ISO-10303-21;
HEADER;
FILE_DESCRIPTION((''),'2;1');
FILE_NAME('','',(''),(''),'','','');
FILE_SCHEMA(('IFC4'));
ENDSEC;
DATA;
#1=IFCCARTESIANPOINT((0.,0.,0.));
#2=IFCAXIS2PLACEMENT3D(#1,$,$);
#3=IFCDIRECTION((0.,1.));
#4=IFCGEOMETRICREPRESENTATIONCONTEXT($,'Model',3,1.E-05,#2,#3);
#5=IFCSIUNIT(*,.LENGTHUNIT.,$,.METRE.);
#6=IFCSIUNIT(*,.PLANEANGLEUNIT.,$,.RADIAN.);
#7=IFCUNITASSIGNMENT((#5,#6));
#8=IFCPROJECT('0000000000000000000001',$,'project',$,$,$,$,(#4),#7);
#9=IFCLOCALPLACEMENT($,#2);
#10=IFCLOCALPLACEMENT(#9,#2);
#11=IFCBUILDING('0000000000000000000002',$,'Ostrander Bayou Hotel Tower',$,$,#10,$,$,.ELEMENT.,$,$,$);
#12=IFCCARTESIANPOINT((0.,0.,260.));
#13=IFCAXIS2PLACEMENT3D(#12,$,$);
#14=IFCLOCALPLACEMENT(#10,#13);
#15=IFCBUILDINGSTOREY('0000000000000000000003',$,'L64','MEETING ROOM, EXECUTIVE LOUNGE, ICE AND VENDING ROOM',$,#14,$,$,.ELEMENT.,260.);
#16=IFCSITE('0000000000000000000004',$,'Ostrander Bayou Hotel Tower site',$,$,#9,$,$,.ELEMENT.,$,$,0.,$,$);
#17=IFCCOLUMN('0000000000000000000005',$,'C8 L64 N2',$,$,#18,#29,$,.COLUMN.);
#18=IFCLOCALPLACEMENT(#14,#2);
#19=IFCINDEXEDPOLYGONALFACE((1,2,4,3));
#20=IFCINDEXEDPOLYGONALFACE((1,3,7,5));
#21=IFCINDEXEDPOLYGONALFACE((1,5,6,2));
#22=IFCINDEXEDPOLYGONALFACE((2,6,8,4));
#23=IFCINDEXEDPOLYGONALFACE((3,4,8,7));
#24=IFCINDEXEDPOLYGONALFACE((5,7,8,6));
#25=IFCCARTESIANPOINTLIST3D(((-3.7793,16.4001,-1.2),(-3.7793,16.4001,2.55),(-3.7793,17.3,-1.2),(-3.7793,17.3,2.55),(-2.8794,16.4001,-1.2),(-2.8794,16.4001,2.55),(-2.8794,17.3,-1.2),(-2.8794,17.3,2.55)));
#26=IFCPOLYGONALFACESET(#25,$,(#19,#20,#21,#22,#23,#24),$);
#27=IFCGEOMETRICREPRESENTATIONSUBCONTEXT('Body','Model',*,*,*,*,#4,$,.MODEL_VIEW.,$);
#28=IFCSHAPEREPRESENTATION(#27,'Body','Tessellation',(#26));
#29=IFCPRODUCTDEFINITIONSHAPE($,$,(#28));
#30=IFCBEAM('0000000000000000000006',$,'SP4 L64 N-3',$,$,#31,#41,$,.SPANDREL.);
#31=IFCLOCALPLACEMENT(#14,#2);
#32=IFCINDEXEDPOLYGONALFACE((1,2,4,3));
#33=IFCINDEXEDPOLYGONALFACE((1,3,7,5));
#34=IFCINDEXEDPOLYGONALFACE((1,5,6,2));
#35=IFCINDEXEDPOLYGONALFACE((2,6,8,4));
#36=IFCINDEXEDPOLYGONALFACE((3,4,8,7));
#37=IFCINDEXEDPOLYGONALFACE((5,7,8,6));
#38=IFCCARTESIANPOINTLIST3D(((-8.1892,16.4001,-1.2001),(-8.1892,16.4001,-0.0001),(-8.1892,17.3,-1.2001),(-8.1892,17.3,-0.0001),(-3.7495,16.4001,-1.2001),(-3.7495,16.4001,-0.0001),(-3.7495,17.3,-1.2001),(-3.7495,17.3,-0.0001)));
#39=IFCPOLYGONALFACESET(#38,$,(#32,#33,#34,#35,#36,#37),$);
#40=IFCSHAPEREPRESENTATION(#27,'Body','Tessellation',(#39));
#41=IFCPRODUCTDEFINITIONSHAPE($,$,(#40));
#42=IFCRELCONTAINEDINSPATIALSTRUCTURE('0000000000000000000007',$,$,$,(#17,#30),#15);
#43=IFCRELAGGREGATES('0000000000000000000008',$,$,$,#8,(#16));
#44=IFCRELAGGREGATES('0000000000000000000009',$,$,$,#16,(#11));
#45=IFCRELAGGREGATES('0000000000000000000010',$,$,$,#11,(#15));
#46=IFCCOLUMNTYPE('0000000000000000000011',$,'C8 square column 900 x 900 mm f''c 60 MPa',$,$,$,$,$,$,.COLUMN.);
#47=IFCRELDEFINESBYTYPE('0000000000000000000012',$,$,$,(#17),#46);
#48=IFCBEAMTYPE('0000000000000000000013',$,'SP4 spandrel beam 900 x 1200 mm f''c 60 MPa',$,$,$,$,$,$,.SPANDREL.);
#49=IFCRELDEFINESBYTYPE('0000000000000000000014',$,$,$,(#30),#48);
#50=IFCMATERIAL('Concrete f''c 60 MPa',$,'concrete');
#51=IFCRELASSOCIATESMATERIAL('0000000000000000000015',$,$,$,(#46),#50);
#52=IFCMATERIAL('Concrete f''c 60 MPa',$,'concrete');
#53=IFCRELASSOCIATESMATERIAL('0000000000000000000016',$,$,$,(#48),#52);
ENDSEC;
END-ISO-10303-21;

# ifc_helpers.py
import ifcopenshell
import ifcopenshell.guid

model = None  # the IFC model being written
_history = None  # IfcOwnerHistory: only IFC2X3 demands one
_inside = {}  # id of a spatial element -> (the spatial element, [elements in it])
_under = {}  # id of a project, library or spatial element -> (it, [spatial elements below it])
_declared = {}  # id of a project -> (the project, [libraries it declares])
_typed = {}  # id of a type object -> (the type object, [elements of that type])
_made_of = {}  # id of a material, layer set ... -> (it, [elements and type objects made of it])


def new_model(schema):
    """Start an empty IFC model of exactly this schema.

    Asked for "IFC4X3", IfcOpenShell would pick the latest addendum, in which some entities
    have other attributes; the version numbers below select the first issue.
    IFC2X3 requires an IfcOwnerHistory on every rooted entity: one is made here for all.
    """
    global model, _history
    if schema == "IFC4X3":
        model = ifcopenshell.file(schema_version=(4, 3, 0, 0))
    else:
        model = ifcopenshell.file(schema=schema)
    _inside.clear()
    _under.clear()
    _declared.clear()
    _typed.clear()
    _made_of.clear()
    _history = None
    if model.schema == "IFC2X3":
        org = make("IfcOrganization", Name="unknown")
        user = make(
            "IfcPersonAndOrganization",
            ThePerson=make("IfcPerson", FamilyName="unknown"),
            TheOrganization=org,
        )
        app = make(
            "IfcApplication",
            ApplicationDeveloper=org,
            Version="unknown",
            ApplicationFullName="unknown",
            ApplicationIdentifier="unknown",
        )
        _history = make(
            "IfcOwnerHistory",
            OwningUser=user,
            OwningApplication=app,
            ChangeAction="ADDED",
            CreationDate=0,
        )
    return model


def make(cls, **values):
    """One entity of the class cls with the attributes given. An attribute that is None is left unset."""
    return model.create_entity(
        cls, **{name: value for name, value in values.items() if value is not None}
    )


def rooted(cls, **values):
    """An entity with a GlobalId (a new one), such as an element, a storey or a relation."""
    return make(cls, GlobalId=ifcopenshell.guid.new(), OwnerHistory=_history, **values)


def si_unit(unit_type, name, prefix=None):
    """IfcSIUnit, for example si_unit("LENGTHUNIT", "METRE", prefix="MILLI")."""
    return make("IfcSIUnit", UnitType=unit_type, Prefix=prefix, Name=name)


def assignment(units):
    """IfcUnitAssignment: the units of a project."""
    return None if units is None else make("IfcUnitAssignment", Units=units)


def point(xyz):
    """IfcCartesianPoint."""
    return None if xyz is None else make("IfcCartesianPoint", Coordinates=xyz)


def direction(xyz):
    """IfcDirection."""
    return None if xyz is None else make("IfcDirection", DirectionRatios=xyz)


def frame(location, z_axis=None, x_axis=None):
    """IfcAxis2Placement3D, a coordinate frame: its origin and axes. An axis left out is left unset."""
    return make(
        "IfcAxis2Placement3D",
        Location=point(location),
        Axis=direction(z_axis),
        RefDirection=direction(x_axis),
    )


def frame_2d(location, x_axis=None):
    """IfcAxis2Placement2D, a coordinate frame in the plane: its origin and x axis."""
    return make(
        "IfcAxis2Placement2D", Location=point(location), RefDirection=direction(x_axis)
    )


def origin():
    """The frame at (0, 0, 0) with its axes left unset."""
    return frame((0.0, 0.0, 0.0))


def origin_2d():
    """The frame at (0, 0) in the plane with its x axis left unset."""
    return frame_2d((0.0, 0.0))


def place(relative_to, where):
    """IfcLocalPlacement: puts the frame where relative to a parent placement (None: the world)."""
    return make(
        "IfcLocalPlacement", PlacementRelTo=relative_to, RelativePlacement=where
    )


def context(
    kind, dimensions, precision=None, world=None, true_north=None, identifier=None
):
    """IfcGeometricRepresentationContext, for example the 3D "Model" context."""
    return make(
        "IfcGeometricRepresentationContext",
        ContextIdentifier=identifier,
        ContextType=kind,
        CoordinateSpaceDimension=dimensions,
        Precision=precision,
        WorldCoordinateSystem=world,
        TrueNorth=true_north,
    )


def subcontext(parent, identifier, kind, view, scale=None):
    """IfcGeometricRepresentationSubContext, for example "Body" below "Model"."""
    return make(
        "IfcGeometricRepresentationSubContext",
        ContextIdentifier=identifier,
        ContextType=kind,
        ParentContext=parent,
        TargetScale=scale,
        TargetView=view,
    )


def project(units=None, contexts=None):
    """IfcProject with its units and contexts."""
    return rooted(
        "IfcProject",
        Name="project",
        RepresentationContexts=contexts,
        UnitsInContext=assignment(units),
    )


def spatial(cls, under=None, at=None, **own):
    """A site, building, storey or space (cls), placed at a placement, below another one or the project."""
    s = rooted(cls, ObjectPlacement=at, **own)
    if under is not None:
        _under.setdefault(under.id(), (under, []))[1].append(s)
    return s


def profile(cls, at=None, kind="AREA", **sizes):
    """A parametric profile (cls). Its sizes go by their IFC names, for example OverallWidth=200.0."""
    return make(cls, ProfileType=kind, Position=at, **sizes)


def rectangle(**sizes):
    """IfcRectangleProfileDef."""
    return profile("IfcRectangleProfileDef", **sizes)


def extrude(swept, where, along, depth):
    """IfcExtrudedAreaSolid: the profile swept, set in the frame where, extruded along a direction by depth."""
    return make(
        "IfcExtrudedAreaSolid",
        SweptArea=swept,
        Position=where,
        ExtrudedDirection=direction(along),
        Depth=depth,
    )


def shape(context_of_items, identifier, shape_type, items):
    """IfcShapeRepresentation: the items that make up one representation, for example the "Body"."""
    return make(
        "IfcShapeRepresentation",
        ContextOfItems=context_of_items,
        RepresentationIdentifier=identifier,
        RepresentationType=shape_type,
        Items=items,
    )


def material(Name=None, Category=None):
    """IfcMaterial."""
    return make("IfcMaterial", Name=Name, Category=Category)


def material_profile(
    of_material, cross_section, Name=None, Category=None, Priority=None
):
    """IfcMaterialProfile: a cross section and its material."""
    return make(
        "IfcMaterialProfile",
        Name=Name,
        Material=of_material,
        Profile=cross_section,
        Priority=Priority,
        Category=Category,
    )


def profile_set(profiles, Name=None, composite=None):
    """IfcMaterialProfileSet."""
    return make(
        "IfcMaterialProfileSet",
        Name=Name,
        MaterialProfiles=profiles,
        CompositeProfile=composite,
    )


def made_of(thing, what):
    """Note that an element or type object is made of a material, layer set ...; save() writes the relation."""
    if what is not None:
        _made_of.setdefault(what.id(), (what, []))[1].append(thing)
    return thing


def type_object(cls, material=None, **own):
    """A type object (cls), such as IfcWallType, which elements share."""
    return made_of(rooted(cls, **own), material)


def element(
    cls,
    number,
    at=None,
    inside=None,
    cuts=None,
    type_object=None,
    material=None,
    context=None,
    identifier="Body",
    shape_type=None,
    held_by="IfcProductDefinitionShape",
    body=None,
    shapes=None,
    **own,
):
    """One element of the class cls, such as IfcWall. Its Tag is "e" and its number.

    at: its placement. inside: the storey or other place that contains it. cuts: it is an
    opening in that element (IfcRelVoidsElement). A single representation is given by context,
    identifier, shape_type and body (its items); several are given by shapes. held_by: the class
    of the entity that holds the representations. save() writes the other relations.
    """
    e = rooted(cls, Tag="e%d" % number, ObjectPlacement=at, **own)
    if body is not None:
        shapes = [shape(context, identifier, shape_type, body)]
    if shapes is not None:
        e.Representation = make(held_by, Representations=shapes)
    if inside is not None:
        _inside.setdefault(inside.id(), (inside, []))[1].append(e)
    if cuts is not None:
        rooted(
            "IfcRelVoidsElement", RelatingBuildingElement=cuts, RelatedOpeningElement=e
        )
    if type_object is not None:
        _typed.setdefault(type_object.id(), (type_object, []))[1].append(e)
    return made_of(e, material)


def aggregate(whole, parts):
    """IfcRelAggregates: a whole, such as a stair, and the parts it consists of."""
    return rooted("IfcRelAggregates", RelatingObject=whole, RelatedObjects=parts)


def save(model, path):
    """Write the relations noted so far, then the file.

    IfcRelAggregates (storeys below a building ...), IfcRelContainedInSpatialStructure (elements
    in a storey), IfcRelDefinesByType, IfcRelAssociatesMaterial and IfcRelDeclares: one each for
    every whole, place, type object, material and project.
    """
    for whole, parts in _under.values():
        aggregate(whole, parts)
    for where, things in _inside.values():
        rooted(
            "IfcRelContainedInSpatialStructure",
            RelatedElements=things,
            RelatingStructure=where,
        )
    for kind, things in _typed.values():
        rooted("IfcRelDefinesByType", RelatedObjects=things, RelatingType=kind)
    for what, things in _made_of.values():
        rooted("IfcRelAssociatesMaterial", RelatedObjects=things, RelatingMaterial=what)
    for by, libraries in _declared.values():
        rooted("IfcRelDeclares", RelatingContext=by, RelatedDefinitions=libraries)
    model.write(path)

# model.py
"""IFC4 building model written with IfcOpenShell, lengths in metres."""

from ifc_helpers import new_model, si_unit, direction, frame, origin, origin_2d, place, context, subcontext, project, spatial, rectangle, extrude, material, material_profile, profile_set, type_object, element, save


model = new_model("IFC4")

# Units and contexts
model_context = context("Model", 3, precision=1e-05, world=origin(), true_north=direction((0.0, 1.0)))
body_context = subcontext(model_context, "Body", "Model", "MODEL_VIEW")
ifc_project = project(units=[si_unit("LENGTHUNIT", "METRE"), si_unit("PLANEANGLEUNIT", "RADIAN")], contexts=[model_context])

# Site, building, storey
site_placement = place(None, origin())
site = spatial("IfcSite", under=ifc_project, at=site_placement, Name="Ostrander Bayou Hotel Tower site", CompositionType="ELEMENT", RefElevation=0.0)
building_placement = place(site_placement, origin())
building = spatial("IfcBuilding", under=site, at=building_placement, Name="Ostrander Bayou Hotel Tower", CompositionType="ELEMENT")
storey_placement = place(building_placement, frame((0.0, 0.0, 260.0)))
storey = spatial("IfcBuildingStorey", under=building, at=storey_placement, Name="L64", Description="MEETING ROOM, EXECUTIVE LOUNGE, ICE AND VENDING ROOM", CompositionType="ELEMENT", Elevation=260.0)

# Column
ifc_material_1 = material(Name="Concrete f'c 60 MPa", Category="concrete")
ifc_material_profile_1 = material_profile(ifc_material_1, rectangle(XDim=0.8999, YDim=0.8999, at=origin_2d()))
ifc_profile_set_1 = profile_set([ifc_material_profile_1], Name="Concrete f'c 60 MPa")
column_type = type_object("IfcColumnType", Name="C8 square column 900 x 900 mm f'c 60 MPa", PredefinedType="COLUMN", material=ifc_profile_set_1)
column_placement = place(storey_placement, frame((-3.3293, 16.8501, -1.2), z_axis=(0.0, 0.0, 1.0), x_axis=(1.0, 0.0, 0.0)))
element("IfcColumn", 1, at=column_placement, inside=storey, type_object=column_type, Name="C8 L64 N2", PredefinedType="COLUMN", context=body_context, shape_type="SweptSolid", body=[
    extrude(rectangle(XDim=0.8999, YDim=0.8999, at=origin_2d()), origin(), (0.0, 0.0, 1.0), 3.75),
])

# Beam
ifc_material_2 = material(Name="Concrete f'c 60 MPa", Category="concrete")
ifc_material_profile_2 = material_profile(ifc_material_2, rectangle(XDim=0.8999, YDim=1.2, at=origin_2d()))
ifc_profile_set_2 = profile_set([ifc_material_profile_2], Name="Concrete f'c 60 MPa")
beam_type = type_object("IfcBeamType", Name="SP4 spandrel beam 900 x 1200 mm f'c 60 MPa", PredefinedType="SPANDREL", material=ifc_profile_set_2)
beam_placement = place(storey_placement, frame((-3.7495, 16.8501, -0.6001), z_axis=(-1.0, 0.0, 0.0), x_axis=(0.0, -1.0, 0.0)))
element("IfcBeam", 2, at=beam_placement, inside=storey, type_object=beam_type, Name="SP4 L64 N-3", PredefinedType="SPANDREL", context=body_context, shape_type="SweptSolid", body=[
    extrude(rectangle(XDim=0.8999, YDim=1.2, at=origin_2d()), origin(), (0.0, 0.0, 1.0), 4.4397),
])

save(model, "model.ifc")
